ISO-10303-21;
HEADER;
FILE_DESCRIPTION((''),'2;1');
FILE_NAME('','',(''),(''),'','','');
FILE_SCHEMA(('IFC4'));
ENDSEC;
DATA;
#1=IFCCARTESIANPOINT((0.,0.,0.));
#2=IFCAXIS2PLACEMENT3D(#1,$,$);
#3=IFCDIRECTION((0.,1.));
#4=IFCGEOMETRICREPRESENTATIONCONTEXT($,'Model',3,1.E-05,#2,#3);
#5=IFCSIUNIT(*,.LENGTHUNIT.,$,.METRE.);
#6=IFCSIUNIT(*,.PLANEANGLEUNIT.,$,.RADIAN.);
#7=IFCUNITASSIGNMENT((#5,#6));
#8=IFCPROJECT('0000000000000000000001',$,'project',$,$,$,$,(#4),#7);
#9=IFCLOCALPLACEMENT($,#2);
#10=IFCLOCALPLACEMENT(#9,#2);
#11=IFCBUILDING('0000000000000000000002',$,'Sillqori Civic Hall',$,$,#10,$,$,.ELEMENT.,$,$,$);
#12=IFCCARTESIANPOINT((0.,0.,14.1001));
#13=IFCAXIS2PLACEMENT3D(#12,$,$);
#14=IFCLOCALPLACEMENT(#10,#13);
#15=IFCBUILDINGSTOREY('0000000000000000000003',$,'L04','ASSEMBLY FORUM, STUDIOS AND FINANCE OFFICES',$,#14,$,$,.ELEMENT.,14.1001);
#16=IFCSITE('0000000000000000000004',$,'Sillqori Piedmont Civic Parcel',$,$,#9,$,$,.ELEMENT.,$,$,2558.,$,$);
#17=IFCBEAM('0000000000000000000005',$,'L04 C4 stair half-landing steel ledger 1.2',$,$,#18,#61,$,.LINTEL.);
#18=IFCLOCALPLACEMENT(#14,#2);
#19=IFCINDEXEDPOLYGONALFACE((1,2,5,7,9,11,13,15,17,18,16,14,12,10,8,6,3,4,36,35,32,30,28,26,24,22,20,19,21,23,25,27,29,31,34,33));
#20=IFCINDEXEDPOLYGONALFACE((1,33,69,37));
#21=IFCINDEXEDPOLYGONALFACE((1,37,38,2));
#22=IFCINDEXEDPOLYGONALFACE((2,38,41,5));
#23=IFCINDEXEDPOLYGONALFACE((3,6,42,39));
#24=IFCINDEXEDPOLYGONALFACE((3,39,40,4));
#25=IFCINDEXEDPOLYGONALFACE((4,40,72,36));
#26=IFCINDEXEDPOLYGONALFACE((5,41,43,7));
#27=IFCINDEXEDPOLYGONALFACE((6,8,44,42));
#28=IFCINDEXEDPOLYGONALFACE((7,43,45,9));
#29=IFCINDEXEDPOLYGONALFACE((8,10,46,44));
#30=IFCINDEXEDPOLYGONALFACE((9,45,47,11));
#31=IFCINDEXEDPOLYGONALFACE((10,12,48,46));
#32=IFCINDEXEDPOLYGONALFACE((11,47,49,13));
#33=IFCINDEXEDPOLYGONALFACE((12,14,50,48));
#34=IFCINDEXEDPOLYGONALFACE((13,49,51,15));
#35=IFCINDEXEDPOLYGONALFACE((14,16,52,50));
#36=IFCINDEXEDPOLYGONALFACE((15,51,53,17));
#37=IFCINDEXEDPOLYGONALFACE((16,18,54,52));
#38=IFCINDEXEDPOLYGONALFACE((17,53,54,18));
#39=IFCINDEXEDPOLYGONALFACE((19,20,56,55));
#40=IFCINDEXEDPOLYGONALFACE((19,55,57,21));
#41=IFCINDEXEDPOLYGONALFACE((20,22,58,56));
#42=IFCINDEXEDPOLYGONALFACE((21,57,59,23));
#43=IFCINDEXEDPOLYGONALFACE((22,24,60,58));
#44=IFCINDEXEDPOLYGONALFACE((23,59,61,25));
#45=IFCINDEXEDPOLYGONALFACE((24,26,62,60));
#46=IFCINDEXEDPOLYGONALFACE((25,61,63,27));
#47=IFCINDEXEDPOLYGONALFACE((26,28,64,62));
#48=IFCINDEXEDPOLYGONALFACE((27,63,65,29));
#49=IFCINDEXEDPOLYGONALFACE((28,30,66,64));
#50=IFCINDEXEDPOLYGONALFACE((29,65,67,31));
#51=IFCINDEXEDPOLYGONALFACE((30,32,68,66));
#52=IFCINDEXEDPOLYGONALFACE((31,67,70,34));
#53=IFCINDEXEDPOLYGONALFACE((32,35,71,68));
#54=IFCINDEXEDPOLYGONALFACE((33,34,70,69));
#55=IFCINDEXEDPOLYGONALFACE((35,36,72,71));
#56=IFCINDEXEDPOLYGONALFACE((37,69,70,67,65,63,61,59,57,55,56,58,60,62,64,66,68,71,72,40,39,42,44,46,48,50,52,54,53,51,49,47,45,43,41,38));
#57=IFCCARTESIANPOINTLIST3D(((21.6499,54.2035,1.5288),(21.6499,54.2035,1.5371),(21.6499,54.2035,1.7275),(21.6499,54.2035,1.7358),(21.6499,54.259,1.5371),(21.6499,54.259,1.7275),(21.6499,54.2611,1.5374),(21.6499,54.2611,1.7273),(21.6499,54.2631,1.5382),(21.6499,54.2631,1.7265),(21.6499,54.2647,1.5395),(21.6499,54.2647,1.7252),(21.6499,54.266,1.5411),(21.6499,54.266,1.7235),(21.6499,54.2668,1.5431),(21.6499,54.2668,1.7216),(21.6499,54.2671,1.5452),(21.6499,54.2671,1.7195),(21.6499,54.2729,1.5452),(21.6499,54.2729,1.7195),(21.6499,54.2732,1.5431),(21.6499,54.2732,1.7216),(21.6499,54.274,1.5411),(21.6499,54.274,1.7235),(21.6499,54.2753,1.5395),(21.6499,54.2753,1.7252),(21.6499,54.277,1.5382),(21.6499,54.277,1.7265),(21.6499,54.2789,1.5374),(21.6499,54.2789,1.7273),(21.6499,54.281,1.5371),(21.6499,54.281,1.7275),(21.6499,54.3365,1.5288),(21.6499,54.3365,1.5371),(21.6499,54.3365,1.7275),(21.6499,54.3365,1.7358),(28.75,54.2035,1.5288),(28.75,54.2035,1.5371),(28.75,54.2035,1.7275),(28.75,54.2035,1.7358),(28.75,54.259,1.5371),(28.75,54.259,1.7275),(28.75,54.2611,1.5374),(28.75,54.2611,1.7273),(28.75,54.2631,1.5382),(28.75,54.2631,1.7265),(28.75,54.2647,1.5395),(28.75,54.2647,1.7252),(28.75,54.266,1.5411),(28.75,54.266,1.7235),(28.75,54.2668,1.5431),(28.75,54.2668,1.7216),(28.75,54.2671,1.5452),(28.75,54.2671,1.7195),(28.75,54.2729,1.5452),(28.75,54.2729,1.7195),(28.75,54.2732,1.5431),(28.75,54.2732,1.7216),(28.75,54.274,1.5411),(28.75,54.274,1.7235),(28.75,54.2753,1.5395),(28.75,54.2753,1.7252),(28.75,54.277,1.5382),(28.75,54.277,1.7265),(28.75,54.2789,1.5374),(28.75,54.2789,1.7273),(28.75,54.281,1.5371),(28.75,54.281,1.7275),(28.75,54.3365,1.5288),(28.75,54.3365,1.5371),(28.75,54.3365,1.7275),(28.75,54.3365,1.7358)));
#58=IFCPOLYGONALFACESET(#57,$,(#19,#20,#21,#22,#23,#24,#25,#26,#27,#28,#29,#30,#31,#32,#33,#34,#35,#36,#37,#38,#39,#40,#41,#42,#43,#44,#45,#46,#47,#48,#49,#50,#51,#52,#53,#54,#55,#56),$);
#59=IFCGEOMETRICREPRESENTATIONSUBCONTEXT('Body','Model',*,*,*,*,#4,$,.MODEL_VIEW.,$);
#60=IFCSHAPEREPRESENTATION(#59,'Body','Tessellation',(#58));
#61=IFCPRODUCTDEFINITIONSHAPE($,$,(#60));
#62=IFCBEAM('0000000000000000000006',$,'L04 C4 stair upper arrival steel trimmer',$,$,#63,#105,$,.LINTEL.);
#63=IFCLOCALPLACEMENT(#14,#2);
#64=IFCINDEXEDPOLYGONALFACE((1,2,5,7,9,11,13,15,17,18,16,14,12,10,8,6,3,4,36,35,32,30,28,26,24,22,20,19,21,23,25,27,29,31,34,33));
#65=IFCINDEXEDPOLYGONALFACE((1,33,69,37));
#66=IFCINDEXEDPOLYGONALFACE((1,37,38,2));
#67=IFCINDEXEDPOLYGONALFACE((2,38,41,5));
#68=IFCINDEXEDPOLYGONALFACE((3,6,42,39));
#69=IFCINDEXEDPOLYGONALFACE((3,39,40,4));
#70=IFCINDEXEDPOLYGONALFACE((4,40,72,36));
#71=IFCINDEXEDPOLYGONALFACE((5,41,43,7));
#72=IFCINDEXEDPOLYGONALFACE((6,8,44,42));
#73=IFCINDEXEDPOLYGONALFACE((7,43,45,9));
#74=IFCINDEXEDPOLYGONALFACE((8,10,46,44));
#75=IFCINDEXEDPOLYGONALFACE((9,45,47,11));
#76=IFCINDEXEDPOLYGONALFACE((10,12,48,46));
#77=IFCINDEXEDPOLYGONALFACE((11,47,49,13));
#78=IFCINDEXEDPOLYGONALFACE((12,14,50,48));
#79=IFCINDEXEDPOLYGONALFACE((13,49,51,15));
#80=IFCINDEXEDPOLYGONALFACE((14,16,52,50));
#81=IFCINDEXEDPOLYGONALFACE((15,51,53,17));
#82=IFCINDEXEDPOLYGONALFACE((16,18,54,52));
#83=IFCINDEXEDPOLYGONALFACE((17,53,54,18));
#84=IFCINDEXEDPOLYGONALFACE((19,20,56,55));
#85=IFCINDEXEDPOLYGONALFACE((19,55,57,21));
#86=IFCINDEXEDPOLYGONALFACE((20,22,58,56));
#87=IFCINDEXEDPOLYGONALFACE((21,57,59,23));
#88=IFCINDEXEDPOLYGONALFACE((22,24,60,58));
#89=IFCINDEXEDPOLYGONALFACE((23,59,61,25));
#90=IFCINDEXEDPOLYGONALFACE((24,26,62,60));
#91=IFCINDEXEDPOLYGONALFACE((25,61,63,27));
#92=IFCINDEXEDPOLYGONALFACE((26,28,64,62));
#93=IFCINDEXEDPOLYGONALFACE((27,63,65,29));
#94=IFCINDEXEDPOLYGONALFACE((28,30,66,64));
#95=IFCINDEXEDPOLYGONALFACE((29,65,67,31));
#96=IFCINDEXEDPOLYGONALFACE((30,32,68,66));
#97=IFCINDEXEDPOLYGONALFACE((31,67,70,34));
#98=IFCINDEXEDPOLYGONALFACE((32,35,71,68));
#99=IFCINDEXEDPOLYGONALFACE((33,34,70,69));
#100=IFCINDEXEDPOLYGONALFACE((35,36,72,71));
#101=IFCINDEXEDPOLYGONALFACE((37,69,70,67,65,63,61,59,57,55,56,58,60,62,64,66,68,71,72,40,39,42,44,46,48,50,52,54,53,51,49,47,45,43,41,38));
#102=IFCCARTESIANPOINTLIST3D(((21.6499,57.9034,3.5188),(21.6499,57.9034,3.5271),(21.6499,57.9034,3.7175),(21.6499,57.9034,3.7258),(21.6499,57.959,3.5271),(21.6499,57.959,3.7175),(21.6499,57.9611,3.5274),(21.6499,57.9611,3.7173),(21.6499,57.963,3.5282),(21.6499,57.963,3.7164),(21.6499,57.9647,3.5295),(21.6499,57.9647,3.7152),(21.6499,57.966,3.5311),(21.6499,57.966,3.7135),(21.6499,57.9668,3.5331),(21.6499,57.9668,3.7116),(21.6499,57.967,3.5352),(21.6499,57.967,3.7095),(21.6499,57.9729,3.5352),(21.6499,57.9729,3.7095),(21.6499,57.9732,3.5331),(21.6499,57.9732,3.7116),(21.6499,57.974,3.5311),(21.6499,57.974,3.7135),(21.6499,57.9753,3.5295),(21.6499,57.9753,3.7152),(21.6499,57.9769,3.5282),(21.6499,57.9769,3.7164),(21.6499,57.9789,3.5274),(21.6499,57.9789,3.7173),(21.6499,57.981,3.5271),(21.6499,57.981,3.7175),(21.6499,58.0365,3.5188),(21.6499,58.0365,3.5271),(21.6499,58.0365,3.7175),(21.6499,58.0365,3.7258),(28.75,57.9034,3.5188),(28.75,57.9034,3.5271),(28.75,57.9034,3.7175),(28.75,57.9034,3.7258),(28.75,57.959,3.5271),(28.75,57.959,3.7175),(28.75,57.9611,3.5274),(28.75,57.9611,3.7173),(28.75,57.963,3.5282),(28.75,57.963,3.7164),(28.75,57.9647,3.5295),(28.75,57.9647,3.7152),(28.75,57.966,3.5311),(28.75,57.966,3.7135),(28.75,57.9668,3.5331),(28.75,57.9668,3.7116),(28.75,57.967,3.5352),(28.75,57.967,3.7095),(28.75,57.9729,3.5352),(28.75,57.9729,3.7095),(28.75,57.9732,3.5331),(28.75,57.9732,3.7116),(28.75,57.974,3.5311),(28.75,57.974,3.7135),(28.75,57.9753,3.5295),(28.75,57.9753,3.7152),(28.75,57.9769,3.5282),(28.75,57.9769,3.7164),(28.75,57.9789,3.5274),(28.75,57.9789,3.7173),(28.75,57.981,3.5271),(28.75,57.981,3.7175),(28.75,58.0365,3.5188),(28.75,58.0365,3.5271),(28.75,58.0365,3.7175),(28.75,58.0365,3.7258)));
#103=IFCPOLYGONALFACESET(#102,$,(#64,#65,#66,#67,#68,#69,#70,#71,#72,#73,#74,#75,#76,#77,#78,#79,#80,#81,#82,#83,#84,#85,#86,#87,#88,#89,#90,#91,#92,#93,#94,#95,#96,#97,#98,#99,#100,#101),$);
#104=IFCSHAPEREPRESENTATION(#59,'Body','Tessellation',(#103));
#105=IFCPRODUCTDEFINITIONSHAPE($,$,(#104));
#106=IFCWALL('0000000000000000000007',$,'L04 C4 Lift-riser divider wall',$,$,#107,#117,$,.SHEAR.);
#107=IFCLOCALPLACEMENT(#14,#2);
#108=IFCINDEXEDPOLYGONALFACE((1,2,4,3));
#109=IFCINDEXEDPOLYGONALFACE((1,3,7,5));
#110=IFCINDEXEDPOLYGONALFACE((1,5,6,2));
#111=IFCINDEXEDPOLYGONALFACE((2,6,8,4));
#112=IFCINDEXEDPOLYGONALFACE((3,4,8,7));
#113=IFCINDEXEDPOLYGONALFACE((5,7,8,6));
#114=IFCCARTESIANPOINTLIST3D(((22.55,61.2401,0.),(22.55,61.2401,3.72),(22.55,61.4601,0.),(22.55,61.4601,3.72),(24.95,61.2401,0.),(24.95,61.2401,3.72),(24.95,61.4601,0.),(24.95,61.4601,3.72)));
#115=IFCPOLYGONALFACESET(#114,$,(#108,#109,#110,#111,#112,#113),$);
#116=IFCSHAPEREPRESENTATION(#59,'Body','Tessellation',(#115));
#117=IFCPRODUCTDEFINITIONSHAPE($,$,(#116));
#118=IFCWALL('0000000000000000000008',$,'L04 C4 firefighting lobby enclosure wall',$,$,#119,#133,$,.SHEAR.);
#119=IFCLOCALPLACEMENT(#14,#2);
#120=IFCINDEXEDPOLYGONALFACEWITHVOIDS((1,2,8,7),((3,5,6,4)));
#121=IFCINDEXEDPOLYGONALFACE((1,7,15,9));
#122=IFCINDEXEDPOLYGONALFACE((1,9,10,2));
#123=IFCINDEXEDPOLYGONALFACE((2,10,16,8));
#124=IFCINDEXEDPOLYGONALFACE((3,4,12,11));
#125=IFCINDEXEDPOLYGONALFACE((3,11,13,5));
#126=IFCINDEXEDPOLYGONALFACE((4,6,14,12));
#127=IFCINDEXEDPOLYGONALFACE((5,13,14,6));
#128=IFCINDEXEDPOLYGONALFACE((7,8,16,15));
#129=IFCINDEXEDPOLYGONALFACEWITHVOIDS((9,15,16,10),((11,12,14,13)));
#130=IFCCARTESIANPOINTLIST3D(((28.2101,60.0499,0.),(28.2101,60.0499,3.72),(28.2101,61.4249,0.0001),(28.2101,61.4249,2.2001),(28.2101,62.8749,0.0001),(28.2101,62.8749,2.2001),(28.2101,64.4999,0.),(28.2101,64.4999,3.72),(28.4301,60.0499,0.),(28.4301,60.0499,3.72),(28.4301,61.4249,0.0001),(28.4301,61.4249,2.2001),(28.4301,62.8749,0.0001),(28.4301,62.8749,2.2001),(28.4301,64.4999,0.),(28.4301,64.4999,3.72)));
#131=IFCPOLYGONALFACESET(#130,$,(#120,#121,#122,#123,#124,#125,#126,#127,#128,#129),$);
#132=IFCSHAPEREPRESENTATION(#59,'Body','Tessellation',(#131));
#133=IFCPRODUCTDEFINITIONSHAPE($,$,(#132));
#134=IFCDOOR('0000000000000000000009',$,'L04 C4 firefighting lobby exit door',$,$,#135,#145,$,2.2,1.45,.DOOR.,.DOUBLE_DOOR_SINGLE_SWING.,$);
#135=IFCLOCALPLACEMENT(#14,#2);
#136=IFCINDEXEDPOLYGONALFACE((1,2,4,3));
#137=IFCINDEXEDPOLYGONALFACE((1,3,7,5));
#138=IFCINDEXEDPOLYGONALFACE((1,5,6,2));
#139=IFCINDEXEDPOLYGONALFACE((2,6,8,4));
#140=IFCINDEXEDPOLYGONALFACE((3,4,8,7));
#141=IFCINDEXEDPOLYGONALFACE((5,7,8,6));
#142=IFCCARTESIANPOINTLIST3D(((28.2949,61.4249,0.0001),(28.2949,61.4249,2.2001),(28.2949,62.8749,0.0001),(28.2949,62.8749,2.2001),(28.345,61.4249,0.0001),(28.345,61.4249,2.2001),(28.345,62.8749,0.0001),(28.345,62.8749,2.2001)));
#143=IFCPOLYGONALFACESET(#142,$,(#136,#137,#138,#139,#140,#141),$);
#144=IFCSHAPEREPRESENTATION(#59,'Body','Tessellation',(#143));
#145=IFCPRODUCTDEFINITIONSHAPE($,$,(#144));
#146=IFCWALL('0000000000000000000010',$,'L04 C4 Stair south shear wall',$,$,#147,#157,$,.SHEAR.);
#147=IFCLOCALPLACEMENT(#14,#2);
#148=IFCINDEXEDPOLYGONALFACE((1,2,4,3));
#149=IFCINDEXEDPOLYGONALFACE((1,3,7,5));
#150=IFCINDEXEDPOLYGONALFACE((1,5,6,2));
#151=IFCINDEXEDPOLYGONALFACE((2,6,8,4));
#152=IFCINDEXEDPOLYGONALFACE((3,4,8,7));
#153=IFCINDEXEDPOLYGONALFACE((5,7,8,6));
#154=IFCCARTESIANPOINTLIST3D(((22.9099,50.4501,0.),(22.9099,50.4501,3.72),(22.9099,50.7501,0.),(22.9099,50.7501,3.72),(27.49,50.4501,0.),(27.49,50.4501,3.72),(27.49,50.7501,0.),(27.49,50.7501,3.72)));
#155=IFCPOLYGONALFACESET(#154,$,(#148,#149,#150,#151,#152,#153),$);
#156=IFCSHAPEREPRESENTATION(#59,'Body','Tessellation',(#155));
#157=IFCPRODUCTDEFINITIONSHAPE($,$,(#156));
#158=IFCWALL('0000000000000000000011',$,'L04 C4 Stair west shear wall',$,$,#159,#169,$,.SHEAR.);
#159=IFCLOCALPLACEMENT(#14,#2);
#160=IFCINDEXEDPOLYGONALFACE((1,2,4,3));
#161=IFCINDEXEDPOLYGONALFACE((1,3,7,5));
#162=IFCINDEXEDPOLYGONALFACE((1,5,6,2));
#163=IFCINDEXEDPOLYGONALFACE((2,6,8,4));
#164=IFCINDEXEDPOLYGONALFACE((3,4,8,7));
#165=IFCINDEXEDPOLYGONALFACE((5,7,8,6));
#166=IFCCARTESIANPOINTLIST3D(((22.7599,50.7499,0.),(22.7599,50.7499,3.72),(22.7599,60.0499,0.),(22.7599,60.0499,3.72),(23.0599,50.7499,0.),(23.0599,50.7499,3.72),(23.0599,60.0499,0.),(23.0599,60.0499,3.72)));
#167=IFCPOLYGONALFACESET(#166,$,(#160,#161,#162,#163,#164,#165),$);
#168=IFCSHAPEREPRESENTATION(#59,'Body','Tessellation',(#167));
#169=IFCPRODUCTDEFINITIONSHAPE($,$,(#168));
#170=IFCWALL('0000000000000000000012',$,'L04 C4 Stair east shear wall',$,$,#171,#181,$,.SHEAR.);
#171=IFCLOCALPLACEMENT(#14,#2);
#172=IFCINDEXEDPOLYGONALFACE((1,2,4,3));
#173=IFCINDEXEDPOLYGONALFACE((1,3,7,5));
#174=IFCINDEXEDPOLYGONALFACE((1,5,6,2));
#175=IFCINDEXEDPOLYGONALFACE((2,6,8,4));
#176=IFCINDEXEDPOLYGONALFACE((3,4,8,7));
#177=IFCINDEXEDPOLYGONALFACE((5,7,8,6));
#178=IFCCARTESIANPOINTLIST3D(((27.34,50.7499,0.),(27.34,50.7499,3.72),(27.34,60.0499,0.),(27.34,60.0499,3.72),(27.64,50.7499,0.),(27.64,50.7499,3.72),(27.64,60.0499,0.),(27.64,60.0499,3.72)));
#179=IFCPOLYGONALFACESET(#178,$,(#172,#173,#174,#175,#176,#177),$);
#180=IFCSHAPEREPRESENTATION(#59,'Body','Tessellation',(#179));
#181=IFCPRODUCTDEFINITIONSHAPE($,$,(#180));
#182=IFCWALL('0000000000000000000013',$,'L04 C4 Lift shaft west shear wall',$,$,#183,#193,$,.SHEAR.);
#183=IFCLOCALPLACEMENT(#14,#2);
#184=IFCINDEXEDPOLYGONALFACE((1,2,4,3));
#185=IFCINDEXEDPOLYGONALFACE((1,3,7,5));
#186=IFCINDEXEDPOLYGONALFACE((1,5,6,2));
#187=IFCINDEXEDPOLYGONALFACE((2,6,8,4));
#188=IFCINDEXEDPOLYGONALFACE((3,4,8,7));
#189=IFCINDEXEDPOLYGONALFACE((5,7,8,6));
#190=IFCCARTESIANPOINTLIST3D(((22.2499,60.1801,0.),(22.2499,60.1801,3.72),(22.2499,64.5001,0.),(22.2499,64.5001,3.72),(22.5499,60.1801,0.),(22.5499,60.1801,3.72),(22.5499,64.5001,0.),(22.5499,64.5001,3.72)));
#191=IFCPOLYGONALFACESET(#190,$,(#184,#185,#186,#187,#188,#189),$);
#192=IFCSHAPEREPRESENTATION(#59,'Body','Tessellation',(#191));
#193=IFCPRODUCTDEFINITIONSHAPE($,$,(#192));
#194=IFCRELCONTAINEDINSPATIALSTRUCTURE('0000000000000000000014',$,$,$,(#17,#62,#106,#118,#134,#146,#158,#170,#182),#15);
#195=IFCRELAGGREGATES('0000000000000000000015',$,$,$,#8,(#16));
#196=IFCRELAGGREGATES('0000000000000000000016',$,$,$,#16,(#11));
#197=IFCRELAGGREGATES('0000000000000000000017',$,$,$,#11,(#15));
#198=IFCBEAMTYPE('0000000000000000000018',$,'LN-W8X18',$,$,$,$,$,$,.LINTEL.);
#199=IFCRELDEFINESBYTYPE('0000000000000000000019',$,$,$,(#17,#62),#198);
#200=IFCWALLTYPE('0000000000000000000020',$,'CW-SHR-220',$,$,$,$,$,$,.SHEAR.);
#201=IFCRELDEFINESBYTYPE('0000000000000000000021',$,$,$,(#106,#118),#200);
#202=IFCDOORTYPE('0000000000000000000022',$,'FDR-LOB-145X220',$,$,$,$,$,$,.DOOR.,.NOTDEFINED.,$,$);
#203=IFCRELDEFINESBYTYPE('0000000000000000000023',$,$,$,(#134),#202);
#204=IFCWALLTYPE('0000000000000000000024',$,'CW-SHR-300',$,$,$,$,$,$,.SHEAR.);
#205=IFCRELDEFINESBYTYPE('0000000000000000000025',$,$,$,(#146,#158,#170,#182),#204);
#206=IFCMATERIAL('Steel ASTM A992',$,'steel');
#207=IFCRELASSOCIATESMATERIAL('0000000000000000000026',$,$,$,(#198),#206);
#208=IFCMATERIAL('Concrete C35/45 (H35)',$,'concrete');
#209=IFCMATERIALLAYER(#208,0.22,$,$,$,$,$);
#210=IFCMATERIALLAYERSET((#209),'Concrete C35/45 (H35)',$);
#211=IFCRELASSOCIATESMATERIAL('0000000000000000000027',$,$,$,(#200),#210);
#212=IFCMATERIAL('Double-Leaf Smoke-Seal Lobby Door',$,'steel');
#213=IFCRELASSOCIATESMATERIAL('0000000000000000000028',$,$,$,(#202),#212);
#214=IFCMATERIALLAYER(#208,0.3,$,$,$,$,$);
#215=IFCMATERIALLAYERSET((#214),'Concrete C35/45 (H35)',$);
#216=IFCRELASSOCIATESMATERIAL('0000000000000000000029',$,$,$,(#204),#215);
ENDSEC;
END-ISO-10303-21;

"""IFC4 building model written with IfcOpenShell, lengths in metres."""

from ifc_helpers import new_model, si_unit, direction, frame, frame_2d, origin, origin_2d, place, context, subcontext, project, spatial, rectangle, i_section, extrude, material, layer, layer_set, material_profile, profile_set, type_object, element, fill, save


model = new_model("IFC4")

# Units and contexts
model_context = context("Model", 3, precision=1e-05, world=origin(), true_north=direction((0.0, 1.0)))
body_context = subcontext(model_context, "Body", "Model", "MODEL_VIEW")
ifc_project = project(units=[si_unit("LENGTHUNIT", "METRE"), si_unit("PLANEANGLEUNIT", "RADIAN")], contexts=[model_context])

# Site, building, storey
site_placement = place(None, origin())
site = spatial("IfcSite", under=ifc_project, at=site_placement, Name="Sillqori Piedmont Civic Parcel", CompositionType="ELEMENT", RefElevation=2558.0)
building_placement = place(site_placement, origin())
building = spatial("IfcBuilding", under=site, at=building_placement, Name="Sillqori Civic Hall", CompositionType="ELEMENT")
storey_placement = place(building_placement, frame((0.0, 0.0, 14.1001)))
storey = spatial("IfcBuildingStorey", under=building, at=storey_placement, Name="L04", Description="ASSEMBLY FORUM, STUDIOS AND FINANCE OFFICES", CompositionType="ELEMENT", Elevation=14.1001)

# Shared definitions
ifc_material_1 = material(Name="Concrete C35/45 (H35)", Category="concrete")
ifc_material_2 = material(Name="Steel ASTM A992", Category="steel")

# Beams
ifc_material_profile_1 = material_profile(ifc_material_2, i_section(OverallWidth=0.1331, OverallDepth=0.207, WebThickness=0.0059, FlangeThickness=0.0083, FilletRadius=0.0081, at=origin_2d()), Name="W8X18")
ifc_profile_set_1 = profile_set([ifc_material_profile_1], Name="Steel ASTM A992")
beam_type_1 = type_object("IfcBeamType", Name="LN-W8X18", PredefinedType="LINTEL", material=ifc_profile_set_1)
for number, where, z_axis, x_axis, name in (
    (1, (21.6499, 54.27, 1.6323), (1.0, 0.0, 0.0), (0.0, 1.0, 0.0), "L04 C4 stair half-landing steel ledger 1.2"),
    (2, (21.6499, 57.97, 3.6223), (1.0, 0.0, 0.0), (0.0, 1.0, 0.0), "L04 C4 stair upper arrival steel trimmer"),
):
    element("IfcBeam", number, at=place(storey_placement, frame(where, z_axis=z_axis, x_axis=x_axis)), inside=storey, type_object=beam_type_1, Name=name, PredefinedType="LINTEL", context=body_context, shape_type="SweptSolid", body=[
        extrude(i_section(OverallWidth=0.1331, OverallDepth=0.207, WebThickness=0.0059, FlangeThickness=0.0083, FilletRadius=0.0081, at=origin_2d()), origin(), (0.0, 0.0, 1.0), 7.1001),
    ])

# Wall
ifc_layer_1 = layer(ifc_material_1, 0.22)
ifc_layer_set_1 = layer_set([ifc_layer_1], Name="Concrete C35/45 (H35)")
wall_type_1 = type_object("IfcWallType", Name="CW-SHR-220", PredefinedType="SHEAR", material=ifc_layer_set_1)
wall_1_placement = place(storey_placement, frame((22.55, 61.3501, 0.0), z_axis=(0.0, 0.0, 1.0), x_axis=(1.0, 0.0, 0.0)))
element("IfcWall", 3, at=wall_1_placement, inside=storey, type_object=wall_type_1, Name="L04 C4 Lift-riser divider wall", PredefinedType="SHEAR", context=body_context, shape_type="SweptSolid", body=[
    extrude(rectangle(XDim=2.3999, YDim=0.22, at=frame_2d((1.2, 0.0))), origin(), (0.0, 0.0, 1.0), 3.72),
])

# Wall, opening, door
wall_2_placement = place(storey_placement, frame((28.3201, 64.5, 0.0), z_axis=(0.0, 0.0, 1.0), x_axis=(0.0, -1.0, 0.0)))
wall_2 = element("IfcWall", 4, at=wall_2_placement, inside=storey, type_object=wall_type_1, Name="L04 C4 firefighting lobby enclosure wall", PredefinedType="SHEAR", context=body_context, shape_type="SweptSolid", body=[
    extrude(rectangle(XDim=4.45, YDim=0.22, at=frame_2d((2.2251, 0.0))), origin(), (0.0, 0.0, 1.0), 3.72),
])
opening_1_placement = place(wall_2_placement, frame((1.625, 0.0, 0.0)))
opening_1 = element("IfcOpeningElement", 5, at=opening_1_placement, cuts=wall_2, PredefinedType="OPENING", context=body_context, shape_type="SweptSolid", body=[
    extrude(rectangle(XDim=1.45, YDim=2.2, at=frame_2d((0.7251, 1.1001))), frame((0.0, 0.1199, 0.0), z_axis=(0.0, -1.0, 0.0), x_axis=(1.0, 0.0, 0.0)), (0.0, 0.0, 1.0), 0.24),
])
ifc_material_3 = material(Name="Double-Leaf Smoke-Seal Lobby Door", Category="steel")
door_type_1 = type_object("IfcDoorType", Name="FDR-LOB-145X220", OperationType="NOTDEFINED", PredefinedType="DOOR", material=ifc_material_3)
door_1_placement = place(opening_1_placement, origin())
door_1 = element("IfcDoor", 6, at=door_1_placement, inside=storey, type_object=door_type_1, Name="L04 C4 firefighting lobby exit door", OperationType="DOUBLE_DOOR_SINGLE_SWING", OverallHeight=2.2, OverallWidth=1.45, PredefinedType="DOOR", context=body_context, shape_type="SweptSolid", body=[
    extrude(rectangle(XDim=1.45, YDim=2.2, at=frame_2d((0.7251, 1.1001))), frame((0.0, 0.0249, 0.0), z_axis=(0.0, -1.0, 0.0), x_axis=(1.0, 0.0, 0.0)), (0.0, 0.0, 1.0), 0.05),
])
fill(opening_1, door_1)

# Walls
ifc_layer_2 = layer(ifc_material_1, 0.3)
ifc_layer_set_2 = layer_set([ifc_layer_2], Name="Concrete C35/45 (H35)")
wall_type_2 = type_object("IfcWallType", Name="CW-SHR-300", PredefinedType="SHEAR", material=ifc_layer_set_2)
wall_3_placement = place(storey_placement, frame((22.9099, 50.6001, 0.0), z_axis=(0.0, 0.0, 1.0), x_axis=(1.0, 0.0, 0.0)))
element("IfcWall", 7, at=wall_3_placement, inside=storey, type_object=wall_type_2, Name="L04 C4 Stair south shear wall", PredefinedType="SHEAR", context=body_context, shape_type="SweptSolid", body=[
    extrude(rectangle(XDim=4.5801, YDim=0.3, at=frame_2d((2.29, 0.0))), origin(), (0.0, 0.0, 1.0), 3.72),
])
for number, where, z_axis, x_axis, name in (
    (8, (22.9099, 50.75, 0.0), (0.0, 0.0, 1.0), (0.0, 1.0, 0.0), "L04 C4 Stair west shear wall"),
    (9, (27.49, 50.75, 0.0), (0.0, 0.0, 1.0), (0.0, 1.0, 0.0), "L04 C4 Stair east shear wall"),
):
    element("IfcWall", number, at=place(storey_placement, frame(where, z_axis=z_axis, x_axis=x_axis)), inside=storey, type_object=wall_type_2, Name=name, PredefinedType="SHEAR", context=body_context, shape_type="SweptSolid", body=[
        extrude(rectangle(XDim=9.3, YDim=0.3, at=frame_2d((4.6499, 0.0))), origin(), (0.0, 0.0, 1.0), 3.72),
    ])
wall_4_placement = place(storey_placement, frame((22.3999, 60.1799, 0.0), z_axis=(0.0, 0.0, 1.0), x_axis=(0.0, 1.0, 0.0)))
element("IfcWall", 10, at=wall_4_placement, inside=storey, type_object=wall_type_2, Name="L04 C4 Lift shaft west shear wall", PredefinedType="SHEAR", context=body_context, shape_type="SweptSolid", body=[
    extrude(rectangle(XDim=4.3201, YDim=0.3, at=frame_2d((2.1602, 0.0))), origin(), (0.0, 0.0, 1.0), 3.72),
])

save(model, "model.ifc")
